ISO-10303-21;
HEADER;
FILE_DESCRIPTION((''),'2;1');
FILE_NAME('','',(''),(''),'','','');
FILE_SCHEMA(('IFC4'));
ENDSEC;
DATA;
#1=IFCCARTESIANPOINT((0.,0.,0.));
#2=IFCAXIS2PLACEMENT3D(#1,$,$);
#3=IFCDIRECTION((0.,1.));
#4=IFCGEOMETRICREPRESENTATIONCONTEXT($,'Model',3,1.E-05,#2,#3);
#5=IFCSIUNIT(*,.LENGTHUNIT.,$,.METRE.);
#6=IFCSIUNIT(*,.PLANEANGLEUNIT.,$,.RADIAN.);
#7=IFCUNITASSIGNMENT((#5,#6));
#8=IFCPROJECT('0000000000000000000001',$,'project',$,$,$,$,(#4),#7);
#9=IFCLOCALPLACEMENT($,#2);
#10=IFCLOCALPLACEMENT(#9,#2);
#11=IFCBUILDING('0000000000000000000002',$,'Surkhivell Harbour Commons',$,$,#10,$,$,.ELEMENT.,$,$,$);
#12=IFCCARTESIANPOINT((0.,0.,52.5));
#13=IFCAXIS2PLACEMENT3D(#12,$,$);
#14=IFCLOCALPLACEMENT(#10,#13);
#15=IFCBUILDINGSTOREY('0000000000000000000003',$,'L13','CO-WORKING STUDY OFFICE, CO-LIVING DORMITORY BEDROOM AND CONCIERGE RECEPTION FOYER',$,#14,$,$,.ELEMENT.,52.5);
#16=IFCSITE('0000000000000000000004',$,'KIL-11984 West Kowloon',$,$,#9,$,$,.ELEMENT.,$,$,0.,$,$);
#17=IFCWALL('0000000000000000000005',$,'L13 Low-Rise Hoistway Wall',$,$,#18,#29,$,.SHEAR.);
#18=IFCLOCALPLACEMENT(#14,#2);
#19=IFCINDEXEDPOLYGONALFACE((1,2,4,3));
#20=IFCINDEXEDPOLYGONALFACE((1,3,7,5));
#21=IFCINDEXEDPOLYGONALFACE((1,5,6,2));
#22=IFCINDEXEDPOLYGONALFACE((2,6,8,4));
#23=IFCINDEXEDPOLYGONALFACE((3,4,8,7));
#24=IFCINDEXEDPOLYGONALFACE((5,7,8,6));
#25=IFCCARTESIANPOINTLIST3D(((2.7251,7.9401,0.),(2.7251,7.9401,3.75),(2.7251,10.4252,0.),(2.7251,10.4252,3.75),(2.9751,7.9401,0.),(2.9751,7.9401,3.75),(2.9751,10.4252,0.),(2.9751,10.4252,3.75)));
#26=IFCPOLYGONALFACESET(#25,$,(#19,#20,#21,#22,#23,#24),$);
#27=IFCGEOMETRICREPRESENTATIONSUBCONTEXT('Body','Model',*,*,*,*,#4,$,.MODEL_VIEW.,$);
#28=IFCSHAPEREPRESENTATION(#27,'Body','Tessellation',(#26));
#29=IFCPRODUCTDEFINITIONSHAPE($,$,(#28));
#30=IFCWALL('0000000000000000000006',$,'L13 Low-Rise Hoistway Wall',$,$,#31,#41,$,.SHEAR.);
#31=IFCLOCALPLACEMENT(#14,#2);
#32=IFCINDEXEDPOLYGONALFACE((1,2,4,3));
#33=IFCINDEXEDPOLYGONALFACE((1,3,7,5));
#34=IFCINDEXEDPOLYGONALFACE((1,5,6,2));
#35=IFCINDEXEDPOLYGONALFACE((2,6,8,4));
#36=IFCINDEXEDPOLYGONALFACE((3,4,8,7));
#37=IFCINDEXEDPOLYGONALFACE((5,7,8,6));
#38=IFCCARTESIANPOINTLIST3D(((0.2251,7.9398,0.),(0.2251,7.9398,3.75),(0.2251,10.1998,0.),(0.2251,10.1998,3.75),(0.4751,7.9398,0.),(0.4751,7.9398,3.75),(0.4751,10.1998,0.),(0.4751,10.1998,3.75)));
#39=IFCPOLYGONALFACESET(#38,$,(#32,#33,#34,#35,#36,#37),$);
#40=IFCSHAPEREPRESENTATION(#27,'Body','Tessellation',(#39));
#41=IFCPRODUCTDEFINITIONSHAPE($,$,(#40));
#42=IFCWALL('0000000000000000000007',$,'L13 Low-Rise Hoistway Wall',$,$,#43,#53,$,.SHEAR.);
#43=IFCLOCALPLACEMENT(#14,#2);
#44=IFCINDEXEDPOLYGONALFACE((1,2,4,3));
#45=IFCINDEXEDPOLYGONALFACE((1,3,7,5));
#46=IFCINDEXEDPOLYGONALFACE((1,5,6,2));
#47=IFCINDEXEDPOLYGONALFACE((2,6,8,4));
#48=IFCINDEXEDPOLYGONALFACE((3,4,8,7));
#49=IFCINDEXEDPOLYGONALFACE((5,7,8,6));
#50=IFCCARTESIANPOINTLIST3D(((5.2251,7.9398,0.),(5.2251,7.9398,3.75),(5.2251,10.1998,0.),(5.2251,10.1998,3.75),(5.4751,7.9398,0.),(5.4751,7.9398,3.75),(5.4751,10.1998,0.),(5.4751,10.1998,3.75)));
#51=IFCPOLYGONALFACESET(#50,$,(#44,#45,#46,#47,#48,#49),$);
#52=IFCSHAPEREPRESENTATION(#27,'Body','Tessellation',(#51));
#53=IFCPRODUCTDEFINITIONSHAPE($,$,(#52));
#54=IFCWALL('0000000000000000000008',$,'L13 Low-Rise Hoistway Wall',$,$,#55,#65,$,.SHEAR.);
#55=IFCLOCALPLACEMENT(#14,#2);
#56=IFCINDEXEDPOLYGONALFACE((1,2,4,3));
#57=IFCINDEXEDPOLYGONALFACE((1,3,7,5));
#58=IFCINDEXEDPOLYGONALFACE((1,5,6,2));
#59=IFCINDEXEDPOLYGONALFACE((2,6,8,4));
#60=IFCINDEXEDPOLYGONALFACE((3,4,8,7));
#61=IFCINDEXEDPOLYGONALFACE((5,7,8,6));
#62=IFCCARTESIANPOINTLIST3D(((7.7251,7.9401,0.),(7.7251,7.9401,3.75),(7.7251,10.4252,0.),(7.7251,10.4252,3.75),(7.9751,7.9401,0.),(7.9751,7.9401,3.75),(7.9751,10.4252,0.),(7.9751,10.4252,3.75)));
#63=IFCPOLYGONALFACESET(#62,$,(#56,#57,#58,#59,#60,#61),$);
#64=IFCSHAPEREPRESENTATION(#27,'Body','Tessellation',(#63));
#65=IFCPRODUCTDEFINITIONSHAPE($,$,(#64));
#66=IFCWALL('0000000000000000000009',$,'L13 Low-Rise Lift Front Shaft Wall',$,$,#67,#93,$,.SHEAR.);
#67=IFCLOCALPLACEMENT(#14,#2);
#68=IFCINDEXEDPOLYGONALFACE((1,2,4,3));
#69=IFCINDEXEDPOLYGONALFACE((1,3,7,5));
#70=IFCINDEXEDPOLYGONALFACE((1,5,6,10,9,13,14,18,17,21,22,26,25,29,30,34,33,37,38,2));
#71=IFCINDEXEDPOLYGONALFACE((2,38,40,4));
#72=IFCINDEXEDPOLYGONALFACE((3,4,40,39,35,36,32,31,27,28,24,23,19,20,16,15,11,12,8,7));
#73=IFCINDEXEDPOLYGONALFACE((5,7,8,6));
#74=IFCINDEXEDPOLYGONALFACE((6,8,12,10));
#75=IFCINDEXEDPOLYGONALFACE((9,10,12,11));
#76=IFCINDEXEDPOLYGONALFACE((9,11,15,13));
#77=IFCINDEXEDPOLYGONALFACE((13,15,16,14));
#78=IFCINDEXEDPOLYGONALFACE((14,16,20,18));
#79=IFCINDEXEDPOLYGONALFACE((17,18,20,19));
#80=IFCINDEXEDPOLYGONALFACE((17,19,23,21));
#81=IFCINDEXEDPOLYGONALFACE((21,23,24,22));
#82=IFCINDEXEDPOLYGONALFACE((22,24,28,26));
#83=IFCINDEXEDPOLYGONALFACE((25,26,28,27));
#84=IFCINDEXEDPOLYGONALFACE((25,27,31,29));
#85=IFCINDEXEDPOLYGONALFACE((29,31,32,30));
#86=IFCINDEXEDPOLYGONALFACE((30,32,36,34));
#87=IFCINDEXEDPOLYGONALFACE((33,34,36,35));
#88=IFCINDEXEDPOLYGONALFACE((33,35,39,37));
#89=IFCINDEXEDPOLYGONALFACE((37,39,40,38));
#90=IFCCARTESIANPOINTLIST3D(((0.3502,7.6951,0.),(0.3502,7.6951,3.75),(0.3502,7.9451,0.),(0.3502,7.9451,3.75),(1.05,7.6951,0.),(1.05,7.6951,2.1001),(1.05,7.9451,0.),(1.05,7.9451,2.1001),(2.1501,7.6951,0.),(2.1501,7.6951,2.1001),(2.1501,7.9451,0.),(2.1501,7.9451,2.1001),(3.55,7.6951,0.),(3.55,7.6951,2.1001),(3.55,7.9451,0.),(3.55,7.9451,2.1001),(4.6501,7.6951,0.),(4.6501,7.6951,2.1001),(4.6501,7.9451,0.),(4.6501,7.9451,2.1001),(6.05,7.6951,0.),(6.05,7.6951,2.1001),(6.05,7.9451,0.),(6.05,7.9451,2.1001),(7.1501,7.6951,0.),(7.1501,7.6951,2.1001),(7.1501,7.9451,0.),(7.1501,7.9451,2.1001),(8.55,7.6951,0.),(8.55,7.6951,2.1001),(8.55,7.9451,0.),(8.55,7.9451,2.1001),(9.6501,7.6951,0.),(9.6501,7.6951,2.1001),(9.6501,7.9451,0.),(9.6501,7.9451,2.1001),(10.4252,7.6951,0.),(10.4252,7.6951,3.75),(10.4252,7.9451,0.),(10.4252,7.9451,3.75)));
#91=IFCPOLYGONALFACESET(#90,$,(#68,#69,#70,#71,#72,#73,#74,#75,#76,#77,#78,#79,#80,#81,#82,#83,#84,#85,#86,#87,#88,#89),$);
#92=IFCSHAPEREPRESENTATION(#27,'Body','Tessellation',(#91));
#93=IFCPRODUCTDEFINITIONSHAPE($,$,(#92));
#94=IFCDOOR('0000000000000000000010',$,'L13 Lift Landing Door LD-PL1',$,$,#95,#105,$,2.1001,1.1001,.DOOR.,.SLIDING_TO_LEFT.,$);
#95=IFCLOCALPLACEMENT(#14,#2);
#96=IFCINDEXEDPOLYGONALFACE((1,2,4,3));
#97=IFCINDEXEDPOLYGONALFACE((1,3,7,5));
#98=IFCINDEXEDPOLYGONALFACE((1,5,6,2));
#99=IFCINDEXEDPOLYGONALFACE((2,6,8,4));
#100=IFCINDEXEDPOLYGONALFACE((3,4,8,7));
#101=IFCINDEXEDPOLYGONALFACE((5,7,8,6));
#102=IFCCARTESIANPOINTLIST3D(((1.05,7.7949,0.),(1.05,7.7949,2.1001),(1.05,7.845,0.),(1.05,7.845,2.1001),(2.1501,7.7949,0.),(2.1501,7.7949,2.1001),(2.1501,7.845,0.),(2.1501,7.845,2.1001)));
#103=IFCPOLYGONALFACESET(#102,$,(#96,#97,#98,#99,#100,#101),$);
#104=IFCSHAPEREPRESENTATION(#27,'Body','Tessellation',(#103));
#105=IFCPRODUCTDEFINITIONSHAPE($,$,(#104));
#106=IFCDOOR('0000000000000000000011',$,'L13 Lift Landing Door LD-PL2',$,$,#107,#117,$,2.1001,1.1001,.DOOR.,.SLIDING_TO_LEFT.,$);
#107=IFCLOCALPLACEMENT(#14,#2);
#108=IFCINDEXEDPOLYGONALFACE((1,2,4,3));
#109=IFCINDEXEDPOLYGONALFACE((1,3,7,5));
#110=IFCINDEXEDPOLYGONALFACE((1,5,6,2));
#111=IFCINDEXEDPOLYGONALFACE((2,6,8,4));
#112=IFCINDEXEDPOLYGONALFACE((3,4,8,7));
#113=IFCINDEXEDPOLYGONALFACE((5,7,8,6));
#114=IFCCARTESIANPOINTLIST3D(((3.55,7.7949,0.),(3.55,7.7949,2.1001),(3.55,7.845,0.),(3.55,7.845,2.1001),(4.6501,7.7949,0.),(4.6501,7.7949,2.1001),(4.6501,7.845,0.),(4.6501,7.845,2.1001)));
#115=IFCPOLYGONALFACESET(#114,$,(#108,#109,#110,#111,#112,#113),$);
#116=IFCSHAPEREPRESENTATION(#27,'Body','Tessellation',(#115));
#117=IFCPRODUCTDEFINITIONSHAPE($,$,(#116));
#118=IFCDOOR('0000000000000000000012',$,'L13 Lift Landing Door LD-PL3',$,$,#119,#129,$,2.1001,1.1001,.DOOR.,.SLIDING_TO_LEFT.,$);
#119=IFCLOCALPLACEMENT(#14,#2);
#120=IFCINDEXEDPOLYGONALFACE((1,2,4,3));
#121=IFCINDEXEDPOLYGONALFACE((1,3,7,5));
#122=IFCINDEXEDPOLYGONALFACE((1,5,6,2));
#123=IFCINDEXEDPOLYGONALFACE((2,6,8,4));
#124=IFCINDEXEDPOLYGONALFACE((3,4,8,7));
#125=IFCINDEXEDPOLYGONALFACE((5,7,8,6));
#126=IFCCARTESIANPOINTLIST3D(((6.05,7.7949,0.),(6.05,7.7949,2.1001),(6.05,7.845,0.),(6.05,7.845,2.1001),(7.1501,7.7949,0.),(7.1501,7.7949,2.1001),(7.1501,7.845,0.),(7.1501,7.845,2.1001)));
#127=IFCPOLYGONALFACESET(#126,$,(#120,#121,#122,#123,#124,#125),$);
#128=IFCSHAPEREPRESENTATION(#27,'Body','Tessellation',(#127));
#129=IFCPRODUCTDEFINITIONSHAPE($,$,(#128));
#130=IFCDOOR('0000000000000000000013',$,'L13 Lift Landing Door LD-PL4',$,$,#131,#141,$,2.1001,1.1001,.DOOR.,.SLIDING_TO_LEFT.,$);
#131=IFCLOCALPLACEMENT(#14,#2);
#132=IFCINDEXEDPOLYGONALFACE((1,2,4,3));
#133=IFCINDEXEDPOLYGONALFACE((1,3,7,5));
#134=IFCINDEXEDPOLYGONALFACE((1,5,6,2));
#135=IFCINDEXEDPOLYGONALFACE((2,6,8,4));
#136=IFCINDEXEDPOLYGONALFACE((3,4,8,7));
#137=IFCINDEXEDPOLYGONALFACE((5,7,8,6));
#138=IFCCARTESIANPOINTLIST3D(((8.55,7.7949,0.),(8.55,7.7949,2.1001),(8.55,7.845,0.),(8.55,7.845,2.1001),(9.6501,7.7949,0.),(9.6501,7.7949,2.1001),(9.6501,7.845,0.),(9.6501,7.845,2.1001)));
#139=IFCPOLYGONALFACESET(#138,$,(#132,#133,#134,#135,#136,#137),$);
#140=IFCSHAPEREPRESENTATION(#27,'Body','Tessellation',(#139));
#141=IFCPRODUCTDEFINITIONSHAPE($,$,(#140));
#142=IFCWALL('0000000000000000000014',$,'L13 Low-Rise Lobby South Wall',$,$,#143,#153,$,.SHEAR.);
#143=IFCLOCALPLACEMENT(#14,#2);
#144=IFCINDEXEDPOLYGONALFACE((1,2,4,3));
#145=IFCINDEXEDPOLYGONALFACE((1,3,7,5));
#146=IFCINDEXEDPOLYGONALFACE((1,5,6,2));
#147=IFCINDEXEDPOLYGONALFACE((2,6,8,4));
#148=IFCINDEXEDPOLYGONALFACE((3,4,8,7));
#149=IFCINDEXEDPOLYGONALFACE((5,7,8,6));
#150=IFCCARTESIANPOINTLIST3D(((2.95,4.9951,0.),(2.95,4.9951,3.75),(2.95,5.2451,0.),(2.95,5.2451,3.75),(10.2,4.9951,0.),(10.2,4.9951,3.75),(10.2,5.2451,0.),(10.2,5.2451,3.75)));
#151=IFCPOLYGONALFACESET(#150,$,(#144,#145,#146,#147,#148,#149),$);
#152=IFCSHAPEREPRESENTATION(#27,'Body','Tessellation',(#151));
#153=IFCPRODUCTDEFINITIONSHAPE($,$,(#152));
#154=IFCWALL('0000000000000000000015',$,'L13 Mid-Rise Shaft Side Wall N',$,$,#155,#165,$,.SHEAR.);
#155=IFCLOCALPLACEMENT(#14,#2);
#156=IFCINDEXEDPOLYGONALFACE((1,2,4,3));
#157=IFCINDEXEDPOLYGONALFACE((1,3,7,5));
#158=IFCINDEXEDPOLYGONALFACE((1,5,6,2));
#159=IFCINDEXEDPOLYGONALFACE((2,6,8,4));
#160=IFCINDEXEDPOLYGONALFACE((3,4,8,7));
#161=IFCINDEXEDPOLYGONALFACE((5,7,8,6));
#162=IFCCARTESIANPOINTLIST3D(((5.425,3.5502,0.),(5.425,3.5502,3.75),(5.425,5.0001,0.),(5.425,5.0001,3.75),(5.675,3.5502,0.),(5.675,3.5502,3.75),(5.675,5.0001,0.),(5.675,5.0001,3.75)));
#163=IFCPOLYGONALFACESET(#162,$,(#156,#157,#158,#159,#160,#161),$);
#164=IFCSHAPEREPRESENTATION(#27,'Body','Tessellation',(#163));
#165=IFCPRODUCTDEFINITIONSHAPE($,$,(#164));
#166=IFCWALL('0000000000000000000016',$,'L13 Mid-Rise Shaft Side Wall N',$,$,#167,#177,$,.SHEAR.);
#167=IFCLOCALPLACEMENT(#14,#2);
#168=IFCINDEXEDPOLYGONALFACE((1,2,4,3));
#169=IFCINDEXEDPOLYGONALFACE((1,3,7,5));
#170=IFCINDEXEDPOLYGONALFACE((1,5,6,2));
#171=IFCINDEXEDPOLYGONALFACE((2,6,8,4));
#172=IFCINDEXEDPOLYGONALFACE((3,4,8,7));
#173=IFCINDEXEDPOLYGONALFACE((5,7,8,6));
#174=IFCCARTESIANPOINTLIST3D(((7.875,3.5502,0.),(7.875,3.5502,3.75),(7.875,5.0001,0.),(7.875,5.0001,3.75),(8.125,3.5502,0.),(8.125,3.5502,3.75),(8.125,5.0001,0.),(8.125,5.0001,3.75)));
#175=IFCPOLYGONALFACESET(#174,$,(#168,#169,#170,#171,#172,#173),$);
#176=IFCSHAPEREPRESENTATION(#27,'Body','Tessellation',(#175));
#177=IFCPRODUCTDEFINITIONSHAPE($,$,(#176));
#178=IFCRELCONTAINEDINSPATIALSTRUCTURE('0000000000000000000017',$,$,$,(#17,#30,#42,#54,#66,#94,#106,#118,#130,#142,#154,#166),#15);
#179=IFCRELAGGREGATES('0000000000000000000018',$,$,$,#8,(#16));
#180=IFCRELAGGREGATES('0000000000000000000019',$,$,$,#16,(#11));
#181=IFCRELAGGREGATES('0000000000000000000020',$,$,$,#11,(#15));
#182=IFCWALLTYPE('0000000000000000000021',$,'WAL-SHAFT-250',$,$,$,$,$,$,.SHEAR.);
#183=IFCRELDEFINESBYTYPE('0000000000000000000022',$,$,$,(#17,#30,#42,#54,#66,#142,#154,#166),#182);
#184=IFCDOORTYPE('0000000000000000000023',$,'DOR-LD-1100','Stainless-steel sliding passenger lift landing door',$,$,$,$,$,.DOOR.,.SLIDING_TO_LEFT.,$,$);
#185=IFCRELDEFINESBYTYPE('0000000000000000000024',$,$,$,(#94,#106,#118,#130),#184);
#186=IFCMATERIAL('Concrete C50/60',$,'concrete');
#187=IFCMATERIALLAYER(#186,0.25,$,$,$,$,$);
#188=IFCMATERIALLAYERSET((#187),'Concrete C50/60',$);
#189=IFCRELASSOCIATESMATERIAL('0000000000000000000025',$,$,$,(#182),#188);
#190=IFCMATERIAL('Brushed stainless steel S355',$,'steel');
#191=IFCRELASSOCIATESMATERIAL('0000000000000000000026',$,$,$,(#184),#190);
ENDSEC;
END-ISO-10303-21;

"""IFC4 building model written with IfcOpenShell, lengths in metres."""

from ifc_helpers import new_model, si_unit, direction, frame, frame_2d, origin, place, context, subcontext, project, spatial, rectangle, extrude, material, layer, layer_set, type_object, element, fill, save


model = new_model("IFC4")

# Units and contexts
model_context = context("Model", 3, precision=1e-05, world=origin(), true_north=direction((0.0, 1.0)))
body_context = subcontext(model_context, "Body", "Model", "MODEL_VIEW")
ifc_project = project(units=[si_unit("LENGTHUNIT", "METRE"), si_unit("PLANEANGLEUNIT", "RADIAN")], contexts=[model_context])

# Site, building, storey
site_placement = place(None, origin())
site = spatial("IfcSite", under=ifc_project, at=site_placement, Name="KIL-11984 West Kowloon", CompositionType="ELEMENT", RefElevation=0.0)
building_placement = place(site_placement, origin())
building = spatial("IfcBuilding", under=site, at=building_placement, Name="Surkhivell Harbour Commons", CompositionType="ELEMENT")
storey_placement = place(building_placement, frame((0.0, 0.0, 52.5)))
storey = spatial("IfcBuildingStorey", under=building, at=storey_placement, Name="L13", Description="CO-WORKING STUDY OFFICE, CO-LIVING DORMITORY BEDROOM AND CONCIERGE RECEPTION FOYER", CompositionType="ELEMENT", Elevation=52.5)

# Walls
ifc_material_1 = material(Name="Concrete C50/60", Category="concrete")
ifc_layer_1 = layer(ifc_material_1, 0.25)
ifc_layer_set_1 = layer_set([ifc_layer_1], Name="Concrete C50/60")
wall_type_1 = type_object("IfcWallType", Name="WAL-SHAFT-250", PredefinedType="SHEAR", material=ifc_layer_set_1)
wall_1_placement = place(storey_placement, frame((2.8501, 7.9399, 0.0), z_axis=(0.0, 0.0, 1.0), x_axis=(0.0, 1.0, 0.0)))
element("IfcWall", 1, at=wall_1_placement, inside=storey, type_object=wall_type_1, Name="L13 Low-Rise Hoistway Wall", PredefinedType="SHEAR", context=body_context, shape_type="SweptSolid", body=[
    extrude(rectangle(XDim=2.4851, YDim=0.25, at=frame_2d((1.2427, 0.0))), origin(), (0.0, 0.0, 1.0), 3.75),
])
for number, where, z_axis, x_axis, name in (
    (2, (0.3501, 7.9399, 0.0), (0.0, 0.0, 1.0), (0.0, 1.0, 0.0), "L13 Low-Rise Hoistway Wall"),
    (3, (5.3501, 7.9399, 0.0), (0.0, 0.0, 1.0), (0.0, 1.0, 0.0), "L13 Low-Rise Hoistway Wall"),
):
    element("IfcWall", number, at=place(storey_placement, frame(where, z_axis=z_axis, x_axis=x_axis)), inside=storey, type_object=wall_type_1, Name=name, PredefinedType="SHEAR", context=body_context, shape_type="SweptSolid", body=[
        extrude(rectangle(XDim=2.26, YDim=0.25, at=frame_2d((1.1299, 0.0))), origin(), (0.0, 0.0, 1.0), 3.75),
    ])
wall_2_placement = place(storey_placement, frame((7.8501, 7.9399, 0.0), z_axis=(0.0, 0.0, 1.0), x_axis=(0.0, 1.0, 0.0)))
element("IfcWall", 4, at=wall_2_placement, inside=storey, type_object=wall_type_1, Name="L13 Low-Rise Hoistway Wall", PredefinedType="SHEAR", context=body_context, shape_type="SweptSolid", body=[
    extrude(rectangle(XDim=2.4851, YDim=0.25, at=frame_2d((1.2427, 0.0))), origin(), (0.0, 0.0, 1.0), 3.75),
])

# Wall, openings, doors
wall_3_placement = place(storey_placement, frame((0.3501, 7.8201, 0.0), z_axis=(0.0, 0.0, 1.0), x_axis=(1.0, 0.0, 0.0)))
wall_3 = element("IfcWall", 5, at=wall_3_placement, inside=storey, type_object=wall_type_1, Name="L13 Low-Rise Lift Front Shaft Wall", PredefinedType="SHEAR", context=body_context, shape_type="SweptSolid", body=[
    extrude(rectangle(XDim=10.075, YDim=0.25, at=frame_2d((5.0376, 0.0))), origin(), (0.0, 0.0, 1.0), 3.75),
])
opening_1_placement = place(wall_3_placement, frame((0.7, 0.0, 0.0)))
opening_1 = element("IfcOpeningElement", 6, at=opening_1_placement, cuts=wall_3, PredefinedType="OPENING", context=body_context, shape_type="SweptSolid", body=[
    extrude(rectangle(XDim=1.1001, YDim=2.1001, at=frame_2d((0.55, 1.05))), frame((0.0, 0.135, 0.0), z_axis=(0.0, -1.0, 0.0), x_axis=(1.0, 0.0, 0.0)), (0.0, 0.0, 1.0), 0.27),
])
opening_2_placement = place(wall_3_placement, frame((3.2, 0.0, 0.0)))
opening_2 = element("IfcOpeningElement", 7, at=opening_2_placement, cuts=wall_3, PredefinedType="OPENING", context=body_context, shape_type="SweptSolid", body=[
    extrude(rectangle(XDim=1.1001, YDim=2.1001, at=frame_2d((0.55, 1.05))), frame((0.0, 0.135, 0.0), z_axis=(0.0, -1.0, 0.0), x_axis=(1.0, 0.0, 0.0)), (0.0, 0.0, 1.0), 0.27),
])
opening_3_placement = place(wall_3_placement, frame((5.7, 0.0, 0.0)))
opening_3 = element("IfcOpeningElement", 8, at=opening_3_placement, cuts=wall_3, PredefinedType="OPENING", context=body_context, shape_type="SweptSolid", body=[
    extrude(rectangle(XDim=1.1001, YDim=2.1001, at=frame_2d((0.55, 1.05))), frame((0.0, 0.135, 0.0), z_axis=(0.0, -1.0, 0.0), x_axis=(1.0, 0.0, 0.0)), (0.0, 0.0, 1.0), 0.27),
])
opening_4_placement = place(wall_3_placement, frame((8.2, 0.0, 0.0)))
opening_4 = element("IfcOpeningElement", 9, at=opening_4_placement, cuts=wall_3, PredefinedType="OPENING", context=body_context, shape_type="SweptSolid", body=[
    extrude(rectangle(XDim=1.1001, YDim=2.1001, at=frame_2d((0.55, 1.05))), frame((0.0, 0.135, 0.0), z_axis=(0.0, -1.0, 0.0), x_axis=(1.0, 0.0, 0.0)), (0.0, 0.0, 1.0), 0.27),
])
ifc_material_2 = material(Name="Brushed stainless steel S355", Category="steel")
door_type = type_object("IfcDoorType", Name="DOR-LD-1100", Description="Stainless-steel sliding passenger lift landing door", OperationType="SLIDING_TO_LEFT", PredefinedType="DOOR", material=ifc_material_2)
door_1_placement = place(opening_1_placement, origin())
door_1 = element("IfcDoor", 10, at=door_1_placement, inside=storey, type_object=door_type, Name="L13 Lift Landing Door LD-PL1", OperationType="SLIDING_TO_LEFT", OverallHeight=2.1001, OverallWidth=1.1001, PredefinedType="DOOR", context=body_context, shape_type="SweptSolid", body=[
    extrude(rectangle(XDim=1.1001, YDim=2.1001, at=frame_2d((0.55, 1.05))), frame((0.0, 0.0249, 0.0), z_axis=(0.0, -1.0, 0.0), x_axis=(1.0, 0.0, 0.0)), (0.0, 0.0, 1.0), 0.05),
])
fill(opening_1, door_1)
door_2_placement = place(opening_2_placement, origin())
door_2 = element("IfcDoor", 11, at=door_2_placement, inside=storey, type_object=door_type, Name="L13 Lift Landing Door LD-PL2", OperationType="SLIDING_TO_LEFT", OverallHeight=2.1001, OverallWidth=1.1001, PredefinedType="DOOR", context=body_context, shape_type="SweptSolid", body=[
    extrude(rectangle(XDim=1.1001, YDim=2.1001, at=frame_2d((0.55, 1.05))), frame((0.0, 0.0249, 0.0), z_axis=(0.0, -1.0, 0.0), x_axis=(1.0, 0.0, 0.0)), (0.0, 0.0, 1.0), 0.05),
])
fill(opening_2, door_2)
door_3_placement = place(opening_3_placement, origin())
door_3 = element("IfcDoor", 12, at=door_3_placement, inside=storey, type_object=door_type, Name="L13 Lift Landing Door LD-PL3", OperationType="SLIDING_TO_LEFT", OverallHeight=2.1001, OverallWidth=1.1001, PredefinedType="DOOR", context=body_context, shape_type="SweptSolid", body=[
    extrude(rectangle(XDim=1.1001, YDim=2.1001, at=frame_2d((0.55, 1.05))), frame((0.0, 0.0249, 0.0), z_axis=(0.0, -1.0, 0.0), x_axis=(1.0, 0.0, 0.0)), (0.0, 0.0, 1.0), 0.05),
])
fill(opening_3, door_3)
door_4_placement = place(opening_4_placement, origin())
door_4 = element("IfcDoor", 13, at=door_4_placement, inside=storey, type_object=door_type, Name="L13 Lift Landing Door LD-PL4", OperationType="SLIDING_TO_LEFT", OverallHeight=2.1001, OverallWidth=1.1001, PredefinedType="DOOR", context=body_context, shape_type="SweptSolid", body=[
    extrude(rectangle(XDim=1.1001, YDim=2.1001, at=frame_2d((0.55, 1.05))), frame((0.0, 0.0249, 0.0), z_axis=(0.0, -1.0, 0.0), x_axis=(1.0, 0.0, 0.0)), (0.0, 0.0, 1.0), 0.05),
])
fill(opening_4, door_4)

# Walls
wall_4_placement = place(storey_placement, frame((2.95, 5.1201, 0.0), z_axis=(0.0, 0.0, 1.0), x_axis=(1.0, 0.0, 0.0)))
element("IfcWall", 14, at=wall_4_placement, inside=storey, type_object=wall_type_1, Name="L13 Low-Rise Lobby South Wall", PredefinedType="SHEAR", context=body_context, shape_type="SweptSolid", body=[
    extrude(rectangle(XDim=7.25, YDim=0.25, at=frame_2d((3.625, 0.0))), origin(), (0.0, 0.0, 1.0), 3.75),
])
for number, where, z_axis, x_axis, name in (
    (15, (5.55, 3.55, 0.0), (0.0, 0.0, 1.0), (0.0, 1.0, 0.0), "L13 Mid-Rise Shaft Side Wall N"),
    (16, (8.0, 3.55, 0.0), (0.0, 0.0, 1.0), (0.0, 1.0, 0.0), "L13 Mid-Rise Shaft Side Wall N"),
):
    element("IfcWall", number, at=place(storey_placement, frame(where, z_axis=z_axis, x_axis=x_axis)), inside=storey, type_object=wall_type_1, Name=name, PredefinedType="SHEAR", context=body_context, shape_type="SweptSolid", body=[
        extrude(rectangle(XDim=1.45, YDim=0.25, at=frame_2d((0.7251, 0.0))), origin(), (0.0, 0.0, 1.0), 3.75),
    ])

save(model, "model.ifc")
